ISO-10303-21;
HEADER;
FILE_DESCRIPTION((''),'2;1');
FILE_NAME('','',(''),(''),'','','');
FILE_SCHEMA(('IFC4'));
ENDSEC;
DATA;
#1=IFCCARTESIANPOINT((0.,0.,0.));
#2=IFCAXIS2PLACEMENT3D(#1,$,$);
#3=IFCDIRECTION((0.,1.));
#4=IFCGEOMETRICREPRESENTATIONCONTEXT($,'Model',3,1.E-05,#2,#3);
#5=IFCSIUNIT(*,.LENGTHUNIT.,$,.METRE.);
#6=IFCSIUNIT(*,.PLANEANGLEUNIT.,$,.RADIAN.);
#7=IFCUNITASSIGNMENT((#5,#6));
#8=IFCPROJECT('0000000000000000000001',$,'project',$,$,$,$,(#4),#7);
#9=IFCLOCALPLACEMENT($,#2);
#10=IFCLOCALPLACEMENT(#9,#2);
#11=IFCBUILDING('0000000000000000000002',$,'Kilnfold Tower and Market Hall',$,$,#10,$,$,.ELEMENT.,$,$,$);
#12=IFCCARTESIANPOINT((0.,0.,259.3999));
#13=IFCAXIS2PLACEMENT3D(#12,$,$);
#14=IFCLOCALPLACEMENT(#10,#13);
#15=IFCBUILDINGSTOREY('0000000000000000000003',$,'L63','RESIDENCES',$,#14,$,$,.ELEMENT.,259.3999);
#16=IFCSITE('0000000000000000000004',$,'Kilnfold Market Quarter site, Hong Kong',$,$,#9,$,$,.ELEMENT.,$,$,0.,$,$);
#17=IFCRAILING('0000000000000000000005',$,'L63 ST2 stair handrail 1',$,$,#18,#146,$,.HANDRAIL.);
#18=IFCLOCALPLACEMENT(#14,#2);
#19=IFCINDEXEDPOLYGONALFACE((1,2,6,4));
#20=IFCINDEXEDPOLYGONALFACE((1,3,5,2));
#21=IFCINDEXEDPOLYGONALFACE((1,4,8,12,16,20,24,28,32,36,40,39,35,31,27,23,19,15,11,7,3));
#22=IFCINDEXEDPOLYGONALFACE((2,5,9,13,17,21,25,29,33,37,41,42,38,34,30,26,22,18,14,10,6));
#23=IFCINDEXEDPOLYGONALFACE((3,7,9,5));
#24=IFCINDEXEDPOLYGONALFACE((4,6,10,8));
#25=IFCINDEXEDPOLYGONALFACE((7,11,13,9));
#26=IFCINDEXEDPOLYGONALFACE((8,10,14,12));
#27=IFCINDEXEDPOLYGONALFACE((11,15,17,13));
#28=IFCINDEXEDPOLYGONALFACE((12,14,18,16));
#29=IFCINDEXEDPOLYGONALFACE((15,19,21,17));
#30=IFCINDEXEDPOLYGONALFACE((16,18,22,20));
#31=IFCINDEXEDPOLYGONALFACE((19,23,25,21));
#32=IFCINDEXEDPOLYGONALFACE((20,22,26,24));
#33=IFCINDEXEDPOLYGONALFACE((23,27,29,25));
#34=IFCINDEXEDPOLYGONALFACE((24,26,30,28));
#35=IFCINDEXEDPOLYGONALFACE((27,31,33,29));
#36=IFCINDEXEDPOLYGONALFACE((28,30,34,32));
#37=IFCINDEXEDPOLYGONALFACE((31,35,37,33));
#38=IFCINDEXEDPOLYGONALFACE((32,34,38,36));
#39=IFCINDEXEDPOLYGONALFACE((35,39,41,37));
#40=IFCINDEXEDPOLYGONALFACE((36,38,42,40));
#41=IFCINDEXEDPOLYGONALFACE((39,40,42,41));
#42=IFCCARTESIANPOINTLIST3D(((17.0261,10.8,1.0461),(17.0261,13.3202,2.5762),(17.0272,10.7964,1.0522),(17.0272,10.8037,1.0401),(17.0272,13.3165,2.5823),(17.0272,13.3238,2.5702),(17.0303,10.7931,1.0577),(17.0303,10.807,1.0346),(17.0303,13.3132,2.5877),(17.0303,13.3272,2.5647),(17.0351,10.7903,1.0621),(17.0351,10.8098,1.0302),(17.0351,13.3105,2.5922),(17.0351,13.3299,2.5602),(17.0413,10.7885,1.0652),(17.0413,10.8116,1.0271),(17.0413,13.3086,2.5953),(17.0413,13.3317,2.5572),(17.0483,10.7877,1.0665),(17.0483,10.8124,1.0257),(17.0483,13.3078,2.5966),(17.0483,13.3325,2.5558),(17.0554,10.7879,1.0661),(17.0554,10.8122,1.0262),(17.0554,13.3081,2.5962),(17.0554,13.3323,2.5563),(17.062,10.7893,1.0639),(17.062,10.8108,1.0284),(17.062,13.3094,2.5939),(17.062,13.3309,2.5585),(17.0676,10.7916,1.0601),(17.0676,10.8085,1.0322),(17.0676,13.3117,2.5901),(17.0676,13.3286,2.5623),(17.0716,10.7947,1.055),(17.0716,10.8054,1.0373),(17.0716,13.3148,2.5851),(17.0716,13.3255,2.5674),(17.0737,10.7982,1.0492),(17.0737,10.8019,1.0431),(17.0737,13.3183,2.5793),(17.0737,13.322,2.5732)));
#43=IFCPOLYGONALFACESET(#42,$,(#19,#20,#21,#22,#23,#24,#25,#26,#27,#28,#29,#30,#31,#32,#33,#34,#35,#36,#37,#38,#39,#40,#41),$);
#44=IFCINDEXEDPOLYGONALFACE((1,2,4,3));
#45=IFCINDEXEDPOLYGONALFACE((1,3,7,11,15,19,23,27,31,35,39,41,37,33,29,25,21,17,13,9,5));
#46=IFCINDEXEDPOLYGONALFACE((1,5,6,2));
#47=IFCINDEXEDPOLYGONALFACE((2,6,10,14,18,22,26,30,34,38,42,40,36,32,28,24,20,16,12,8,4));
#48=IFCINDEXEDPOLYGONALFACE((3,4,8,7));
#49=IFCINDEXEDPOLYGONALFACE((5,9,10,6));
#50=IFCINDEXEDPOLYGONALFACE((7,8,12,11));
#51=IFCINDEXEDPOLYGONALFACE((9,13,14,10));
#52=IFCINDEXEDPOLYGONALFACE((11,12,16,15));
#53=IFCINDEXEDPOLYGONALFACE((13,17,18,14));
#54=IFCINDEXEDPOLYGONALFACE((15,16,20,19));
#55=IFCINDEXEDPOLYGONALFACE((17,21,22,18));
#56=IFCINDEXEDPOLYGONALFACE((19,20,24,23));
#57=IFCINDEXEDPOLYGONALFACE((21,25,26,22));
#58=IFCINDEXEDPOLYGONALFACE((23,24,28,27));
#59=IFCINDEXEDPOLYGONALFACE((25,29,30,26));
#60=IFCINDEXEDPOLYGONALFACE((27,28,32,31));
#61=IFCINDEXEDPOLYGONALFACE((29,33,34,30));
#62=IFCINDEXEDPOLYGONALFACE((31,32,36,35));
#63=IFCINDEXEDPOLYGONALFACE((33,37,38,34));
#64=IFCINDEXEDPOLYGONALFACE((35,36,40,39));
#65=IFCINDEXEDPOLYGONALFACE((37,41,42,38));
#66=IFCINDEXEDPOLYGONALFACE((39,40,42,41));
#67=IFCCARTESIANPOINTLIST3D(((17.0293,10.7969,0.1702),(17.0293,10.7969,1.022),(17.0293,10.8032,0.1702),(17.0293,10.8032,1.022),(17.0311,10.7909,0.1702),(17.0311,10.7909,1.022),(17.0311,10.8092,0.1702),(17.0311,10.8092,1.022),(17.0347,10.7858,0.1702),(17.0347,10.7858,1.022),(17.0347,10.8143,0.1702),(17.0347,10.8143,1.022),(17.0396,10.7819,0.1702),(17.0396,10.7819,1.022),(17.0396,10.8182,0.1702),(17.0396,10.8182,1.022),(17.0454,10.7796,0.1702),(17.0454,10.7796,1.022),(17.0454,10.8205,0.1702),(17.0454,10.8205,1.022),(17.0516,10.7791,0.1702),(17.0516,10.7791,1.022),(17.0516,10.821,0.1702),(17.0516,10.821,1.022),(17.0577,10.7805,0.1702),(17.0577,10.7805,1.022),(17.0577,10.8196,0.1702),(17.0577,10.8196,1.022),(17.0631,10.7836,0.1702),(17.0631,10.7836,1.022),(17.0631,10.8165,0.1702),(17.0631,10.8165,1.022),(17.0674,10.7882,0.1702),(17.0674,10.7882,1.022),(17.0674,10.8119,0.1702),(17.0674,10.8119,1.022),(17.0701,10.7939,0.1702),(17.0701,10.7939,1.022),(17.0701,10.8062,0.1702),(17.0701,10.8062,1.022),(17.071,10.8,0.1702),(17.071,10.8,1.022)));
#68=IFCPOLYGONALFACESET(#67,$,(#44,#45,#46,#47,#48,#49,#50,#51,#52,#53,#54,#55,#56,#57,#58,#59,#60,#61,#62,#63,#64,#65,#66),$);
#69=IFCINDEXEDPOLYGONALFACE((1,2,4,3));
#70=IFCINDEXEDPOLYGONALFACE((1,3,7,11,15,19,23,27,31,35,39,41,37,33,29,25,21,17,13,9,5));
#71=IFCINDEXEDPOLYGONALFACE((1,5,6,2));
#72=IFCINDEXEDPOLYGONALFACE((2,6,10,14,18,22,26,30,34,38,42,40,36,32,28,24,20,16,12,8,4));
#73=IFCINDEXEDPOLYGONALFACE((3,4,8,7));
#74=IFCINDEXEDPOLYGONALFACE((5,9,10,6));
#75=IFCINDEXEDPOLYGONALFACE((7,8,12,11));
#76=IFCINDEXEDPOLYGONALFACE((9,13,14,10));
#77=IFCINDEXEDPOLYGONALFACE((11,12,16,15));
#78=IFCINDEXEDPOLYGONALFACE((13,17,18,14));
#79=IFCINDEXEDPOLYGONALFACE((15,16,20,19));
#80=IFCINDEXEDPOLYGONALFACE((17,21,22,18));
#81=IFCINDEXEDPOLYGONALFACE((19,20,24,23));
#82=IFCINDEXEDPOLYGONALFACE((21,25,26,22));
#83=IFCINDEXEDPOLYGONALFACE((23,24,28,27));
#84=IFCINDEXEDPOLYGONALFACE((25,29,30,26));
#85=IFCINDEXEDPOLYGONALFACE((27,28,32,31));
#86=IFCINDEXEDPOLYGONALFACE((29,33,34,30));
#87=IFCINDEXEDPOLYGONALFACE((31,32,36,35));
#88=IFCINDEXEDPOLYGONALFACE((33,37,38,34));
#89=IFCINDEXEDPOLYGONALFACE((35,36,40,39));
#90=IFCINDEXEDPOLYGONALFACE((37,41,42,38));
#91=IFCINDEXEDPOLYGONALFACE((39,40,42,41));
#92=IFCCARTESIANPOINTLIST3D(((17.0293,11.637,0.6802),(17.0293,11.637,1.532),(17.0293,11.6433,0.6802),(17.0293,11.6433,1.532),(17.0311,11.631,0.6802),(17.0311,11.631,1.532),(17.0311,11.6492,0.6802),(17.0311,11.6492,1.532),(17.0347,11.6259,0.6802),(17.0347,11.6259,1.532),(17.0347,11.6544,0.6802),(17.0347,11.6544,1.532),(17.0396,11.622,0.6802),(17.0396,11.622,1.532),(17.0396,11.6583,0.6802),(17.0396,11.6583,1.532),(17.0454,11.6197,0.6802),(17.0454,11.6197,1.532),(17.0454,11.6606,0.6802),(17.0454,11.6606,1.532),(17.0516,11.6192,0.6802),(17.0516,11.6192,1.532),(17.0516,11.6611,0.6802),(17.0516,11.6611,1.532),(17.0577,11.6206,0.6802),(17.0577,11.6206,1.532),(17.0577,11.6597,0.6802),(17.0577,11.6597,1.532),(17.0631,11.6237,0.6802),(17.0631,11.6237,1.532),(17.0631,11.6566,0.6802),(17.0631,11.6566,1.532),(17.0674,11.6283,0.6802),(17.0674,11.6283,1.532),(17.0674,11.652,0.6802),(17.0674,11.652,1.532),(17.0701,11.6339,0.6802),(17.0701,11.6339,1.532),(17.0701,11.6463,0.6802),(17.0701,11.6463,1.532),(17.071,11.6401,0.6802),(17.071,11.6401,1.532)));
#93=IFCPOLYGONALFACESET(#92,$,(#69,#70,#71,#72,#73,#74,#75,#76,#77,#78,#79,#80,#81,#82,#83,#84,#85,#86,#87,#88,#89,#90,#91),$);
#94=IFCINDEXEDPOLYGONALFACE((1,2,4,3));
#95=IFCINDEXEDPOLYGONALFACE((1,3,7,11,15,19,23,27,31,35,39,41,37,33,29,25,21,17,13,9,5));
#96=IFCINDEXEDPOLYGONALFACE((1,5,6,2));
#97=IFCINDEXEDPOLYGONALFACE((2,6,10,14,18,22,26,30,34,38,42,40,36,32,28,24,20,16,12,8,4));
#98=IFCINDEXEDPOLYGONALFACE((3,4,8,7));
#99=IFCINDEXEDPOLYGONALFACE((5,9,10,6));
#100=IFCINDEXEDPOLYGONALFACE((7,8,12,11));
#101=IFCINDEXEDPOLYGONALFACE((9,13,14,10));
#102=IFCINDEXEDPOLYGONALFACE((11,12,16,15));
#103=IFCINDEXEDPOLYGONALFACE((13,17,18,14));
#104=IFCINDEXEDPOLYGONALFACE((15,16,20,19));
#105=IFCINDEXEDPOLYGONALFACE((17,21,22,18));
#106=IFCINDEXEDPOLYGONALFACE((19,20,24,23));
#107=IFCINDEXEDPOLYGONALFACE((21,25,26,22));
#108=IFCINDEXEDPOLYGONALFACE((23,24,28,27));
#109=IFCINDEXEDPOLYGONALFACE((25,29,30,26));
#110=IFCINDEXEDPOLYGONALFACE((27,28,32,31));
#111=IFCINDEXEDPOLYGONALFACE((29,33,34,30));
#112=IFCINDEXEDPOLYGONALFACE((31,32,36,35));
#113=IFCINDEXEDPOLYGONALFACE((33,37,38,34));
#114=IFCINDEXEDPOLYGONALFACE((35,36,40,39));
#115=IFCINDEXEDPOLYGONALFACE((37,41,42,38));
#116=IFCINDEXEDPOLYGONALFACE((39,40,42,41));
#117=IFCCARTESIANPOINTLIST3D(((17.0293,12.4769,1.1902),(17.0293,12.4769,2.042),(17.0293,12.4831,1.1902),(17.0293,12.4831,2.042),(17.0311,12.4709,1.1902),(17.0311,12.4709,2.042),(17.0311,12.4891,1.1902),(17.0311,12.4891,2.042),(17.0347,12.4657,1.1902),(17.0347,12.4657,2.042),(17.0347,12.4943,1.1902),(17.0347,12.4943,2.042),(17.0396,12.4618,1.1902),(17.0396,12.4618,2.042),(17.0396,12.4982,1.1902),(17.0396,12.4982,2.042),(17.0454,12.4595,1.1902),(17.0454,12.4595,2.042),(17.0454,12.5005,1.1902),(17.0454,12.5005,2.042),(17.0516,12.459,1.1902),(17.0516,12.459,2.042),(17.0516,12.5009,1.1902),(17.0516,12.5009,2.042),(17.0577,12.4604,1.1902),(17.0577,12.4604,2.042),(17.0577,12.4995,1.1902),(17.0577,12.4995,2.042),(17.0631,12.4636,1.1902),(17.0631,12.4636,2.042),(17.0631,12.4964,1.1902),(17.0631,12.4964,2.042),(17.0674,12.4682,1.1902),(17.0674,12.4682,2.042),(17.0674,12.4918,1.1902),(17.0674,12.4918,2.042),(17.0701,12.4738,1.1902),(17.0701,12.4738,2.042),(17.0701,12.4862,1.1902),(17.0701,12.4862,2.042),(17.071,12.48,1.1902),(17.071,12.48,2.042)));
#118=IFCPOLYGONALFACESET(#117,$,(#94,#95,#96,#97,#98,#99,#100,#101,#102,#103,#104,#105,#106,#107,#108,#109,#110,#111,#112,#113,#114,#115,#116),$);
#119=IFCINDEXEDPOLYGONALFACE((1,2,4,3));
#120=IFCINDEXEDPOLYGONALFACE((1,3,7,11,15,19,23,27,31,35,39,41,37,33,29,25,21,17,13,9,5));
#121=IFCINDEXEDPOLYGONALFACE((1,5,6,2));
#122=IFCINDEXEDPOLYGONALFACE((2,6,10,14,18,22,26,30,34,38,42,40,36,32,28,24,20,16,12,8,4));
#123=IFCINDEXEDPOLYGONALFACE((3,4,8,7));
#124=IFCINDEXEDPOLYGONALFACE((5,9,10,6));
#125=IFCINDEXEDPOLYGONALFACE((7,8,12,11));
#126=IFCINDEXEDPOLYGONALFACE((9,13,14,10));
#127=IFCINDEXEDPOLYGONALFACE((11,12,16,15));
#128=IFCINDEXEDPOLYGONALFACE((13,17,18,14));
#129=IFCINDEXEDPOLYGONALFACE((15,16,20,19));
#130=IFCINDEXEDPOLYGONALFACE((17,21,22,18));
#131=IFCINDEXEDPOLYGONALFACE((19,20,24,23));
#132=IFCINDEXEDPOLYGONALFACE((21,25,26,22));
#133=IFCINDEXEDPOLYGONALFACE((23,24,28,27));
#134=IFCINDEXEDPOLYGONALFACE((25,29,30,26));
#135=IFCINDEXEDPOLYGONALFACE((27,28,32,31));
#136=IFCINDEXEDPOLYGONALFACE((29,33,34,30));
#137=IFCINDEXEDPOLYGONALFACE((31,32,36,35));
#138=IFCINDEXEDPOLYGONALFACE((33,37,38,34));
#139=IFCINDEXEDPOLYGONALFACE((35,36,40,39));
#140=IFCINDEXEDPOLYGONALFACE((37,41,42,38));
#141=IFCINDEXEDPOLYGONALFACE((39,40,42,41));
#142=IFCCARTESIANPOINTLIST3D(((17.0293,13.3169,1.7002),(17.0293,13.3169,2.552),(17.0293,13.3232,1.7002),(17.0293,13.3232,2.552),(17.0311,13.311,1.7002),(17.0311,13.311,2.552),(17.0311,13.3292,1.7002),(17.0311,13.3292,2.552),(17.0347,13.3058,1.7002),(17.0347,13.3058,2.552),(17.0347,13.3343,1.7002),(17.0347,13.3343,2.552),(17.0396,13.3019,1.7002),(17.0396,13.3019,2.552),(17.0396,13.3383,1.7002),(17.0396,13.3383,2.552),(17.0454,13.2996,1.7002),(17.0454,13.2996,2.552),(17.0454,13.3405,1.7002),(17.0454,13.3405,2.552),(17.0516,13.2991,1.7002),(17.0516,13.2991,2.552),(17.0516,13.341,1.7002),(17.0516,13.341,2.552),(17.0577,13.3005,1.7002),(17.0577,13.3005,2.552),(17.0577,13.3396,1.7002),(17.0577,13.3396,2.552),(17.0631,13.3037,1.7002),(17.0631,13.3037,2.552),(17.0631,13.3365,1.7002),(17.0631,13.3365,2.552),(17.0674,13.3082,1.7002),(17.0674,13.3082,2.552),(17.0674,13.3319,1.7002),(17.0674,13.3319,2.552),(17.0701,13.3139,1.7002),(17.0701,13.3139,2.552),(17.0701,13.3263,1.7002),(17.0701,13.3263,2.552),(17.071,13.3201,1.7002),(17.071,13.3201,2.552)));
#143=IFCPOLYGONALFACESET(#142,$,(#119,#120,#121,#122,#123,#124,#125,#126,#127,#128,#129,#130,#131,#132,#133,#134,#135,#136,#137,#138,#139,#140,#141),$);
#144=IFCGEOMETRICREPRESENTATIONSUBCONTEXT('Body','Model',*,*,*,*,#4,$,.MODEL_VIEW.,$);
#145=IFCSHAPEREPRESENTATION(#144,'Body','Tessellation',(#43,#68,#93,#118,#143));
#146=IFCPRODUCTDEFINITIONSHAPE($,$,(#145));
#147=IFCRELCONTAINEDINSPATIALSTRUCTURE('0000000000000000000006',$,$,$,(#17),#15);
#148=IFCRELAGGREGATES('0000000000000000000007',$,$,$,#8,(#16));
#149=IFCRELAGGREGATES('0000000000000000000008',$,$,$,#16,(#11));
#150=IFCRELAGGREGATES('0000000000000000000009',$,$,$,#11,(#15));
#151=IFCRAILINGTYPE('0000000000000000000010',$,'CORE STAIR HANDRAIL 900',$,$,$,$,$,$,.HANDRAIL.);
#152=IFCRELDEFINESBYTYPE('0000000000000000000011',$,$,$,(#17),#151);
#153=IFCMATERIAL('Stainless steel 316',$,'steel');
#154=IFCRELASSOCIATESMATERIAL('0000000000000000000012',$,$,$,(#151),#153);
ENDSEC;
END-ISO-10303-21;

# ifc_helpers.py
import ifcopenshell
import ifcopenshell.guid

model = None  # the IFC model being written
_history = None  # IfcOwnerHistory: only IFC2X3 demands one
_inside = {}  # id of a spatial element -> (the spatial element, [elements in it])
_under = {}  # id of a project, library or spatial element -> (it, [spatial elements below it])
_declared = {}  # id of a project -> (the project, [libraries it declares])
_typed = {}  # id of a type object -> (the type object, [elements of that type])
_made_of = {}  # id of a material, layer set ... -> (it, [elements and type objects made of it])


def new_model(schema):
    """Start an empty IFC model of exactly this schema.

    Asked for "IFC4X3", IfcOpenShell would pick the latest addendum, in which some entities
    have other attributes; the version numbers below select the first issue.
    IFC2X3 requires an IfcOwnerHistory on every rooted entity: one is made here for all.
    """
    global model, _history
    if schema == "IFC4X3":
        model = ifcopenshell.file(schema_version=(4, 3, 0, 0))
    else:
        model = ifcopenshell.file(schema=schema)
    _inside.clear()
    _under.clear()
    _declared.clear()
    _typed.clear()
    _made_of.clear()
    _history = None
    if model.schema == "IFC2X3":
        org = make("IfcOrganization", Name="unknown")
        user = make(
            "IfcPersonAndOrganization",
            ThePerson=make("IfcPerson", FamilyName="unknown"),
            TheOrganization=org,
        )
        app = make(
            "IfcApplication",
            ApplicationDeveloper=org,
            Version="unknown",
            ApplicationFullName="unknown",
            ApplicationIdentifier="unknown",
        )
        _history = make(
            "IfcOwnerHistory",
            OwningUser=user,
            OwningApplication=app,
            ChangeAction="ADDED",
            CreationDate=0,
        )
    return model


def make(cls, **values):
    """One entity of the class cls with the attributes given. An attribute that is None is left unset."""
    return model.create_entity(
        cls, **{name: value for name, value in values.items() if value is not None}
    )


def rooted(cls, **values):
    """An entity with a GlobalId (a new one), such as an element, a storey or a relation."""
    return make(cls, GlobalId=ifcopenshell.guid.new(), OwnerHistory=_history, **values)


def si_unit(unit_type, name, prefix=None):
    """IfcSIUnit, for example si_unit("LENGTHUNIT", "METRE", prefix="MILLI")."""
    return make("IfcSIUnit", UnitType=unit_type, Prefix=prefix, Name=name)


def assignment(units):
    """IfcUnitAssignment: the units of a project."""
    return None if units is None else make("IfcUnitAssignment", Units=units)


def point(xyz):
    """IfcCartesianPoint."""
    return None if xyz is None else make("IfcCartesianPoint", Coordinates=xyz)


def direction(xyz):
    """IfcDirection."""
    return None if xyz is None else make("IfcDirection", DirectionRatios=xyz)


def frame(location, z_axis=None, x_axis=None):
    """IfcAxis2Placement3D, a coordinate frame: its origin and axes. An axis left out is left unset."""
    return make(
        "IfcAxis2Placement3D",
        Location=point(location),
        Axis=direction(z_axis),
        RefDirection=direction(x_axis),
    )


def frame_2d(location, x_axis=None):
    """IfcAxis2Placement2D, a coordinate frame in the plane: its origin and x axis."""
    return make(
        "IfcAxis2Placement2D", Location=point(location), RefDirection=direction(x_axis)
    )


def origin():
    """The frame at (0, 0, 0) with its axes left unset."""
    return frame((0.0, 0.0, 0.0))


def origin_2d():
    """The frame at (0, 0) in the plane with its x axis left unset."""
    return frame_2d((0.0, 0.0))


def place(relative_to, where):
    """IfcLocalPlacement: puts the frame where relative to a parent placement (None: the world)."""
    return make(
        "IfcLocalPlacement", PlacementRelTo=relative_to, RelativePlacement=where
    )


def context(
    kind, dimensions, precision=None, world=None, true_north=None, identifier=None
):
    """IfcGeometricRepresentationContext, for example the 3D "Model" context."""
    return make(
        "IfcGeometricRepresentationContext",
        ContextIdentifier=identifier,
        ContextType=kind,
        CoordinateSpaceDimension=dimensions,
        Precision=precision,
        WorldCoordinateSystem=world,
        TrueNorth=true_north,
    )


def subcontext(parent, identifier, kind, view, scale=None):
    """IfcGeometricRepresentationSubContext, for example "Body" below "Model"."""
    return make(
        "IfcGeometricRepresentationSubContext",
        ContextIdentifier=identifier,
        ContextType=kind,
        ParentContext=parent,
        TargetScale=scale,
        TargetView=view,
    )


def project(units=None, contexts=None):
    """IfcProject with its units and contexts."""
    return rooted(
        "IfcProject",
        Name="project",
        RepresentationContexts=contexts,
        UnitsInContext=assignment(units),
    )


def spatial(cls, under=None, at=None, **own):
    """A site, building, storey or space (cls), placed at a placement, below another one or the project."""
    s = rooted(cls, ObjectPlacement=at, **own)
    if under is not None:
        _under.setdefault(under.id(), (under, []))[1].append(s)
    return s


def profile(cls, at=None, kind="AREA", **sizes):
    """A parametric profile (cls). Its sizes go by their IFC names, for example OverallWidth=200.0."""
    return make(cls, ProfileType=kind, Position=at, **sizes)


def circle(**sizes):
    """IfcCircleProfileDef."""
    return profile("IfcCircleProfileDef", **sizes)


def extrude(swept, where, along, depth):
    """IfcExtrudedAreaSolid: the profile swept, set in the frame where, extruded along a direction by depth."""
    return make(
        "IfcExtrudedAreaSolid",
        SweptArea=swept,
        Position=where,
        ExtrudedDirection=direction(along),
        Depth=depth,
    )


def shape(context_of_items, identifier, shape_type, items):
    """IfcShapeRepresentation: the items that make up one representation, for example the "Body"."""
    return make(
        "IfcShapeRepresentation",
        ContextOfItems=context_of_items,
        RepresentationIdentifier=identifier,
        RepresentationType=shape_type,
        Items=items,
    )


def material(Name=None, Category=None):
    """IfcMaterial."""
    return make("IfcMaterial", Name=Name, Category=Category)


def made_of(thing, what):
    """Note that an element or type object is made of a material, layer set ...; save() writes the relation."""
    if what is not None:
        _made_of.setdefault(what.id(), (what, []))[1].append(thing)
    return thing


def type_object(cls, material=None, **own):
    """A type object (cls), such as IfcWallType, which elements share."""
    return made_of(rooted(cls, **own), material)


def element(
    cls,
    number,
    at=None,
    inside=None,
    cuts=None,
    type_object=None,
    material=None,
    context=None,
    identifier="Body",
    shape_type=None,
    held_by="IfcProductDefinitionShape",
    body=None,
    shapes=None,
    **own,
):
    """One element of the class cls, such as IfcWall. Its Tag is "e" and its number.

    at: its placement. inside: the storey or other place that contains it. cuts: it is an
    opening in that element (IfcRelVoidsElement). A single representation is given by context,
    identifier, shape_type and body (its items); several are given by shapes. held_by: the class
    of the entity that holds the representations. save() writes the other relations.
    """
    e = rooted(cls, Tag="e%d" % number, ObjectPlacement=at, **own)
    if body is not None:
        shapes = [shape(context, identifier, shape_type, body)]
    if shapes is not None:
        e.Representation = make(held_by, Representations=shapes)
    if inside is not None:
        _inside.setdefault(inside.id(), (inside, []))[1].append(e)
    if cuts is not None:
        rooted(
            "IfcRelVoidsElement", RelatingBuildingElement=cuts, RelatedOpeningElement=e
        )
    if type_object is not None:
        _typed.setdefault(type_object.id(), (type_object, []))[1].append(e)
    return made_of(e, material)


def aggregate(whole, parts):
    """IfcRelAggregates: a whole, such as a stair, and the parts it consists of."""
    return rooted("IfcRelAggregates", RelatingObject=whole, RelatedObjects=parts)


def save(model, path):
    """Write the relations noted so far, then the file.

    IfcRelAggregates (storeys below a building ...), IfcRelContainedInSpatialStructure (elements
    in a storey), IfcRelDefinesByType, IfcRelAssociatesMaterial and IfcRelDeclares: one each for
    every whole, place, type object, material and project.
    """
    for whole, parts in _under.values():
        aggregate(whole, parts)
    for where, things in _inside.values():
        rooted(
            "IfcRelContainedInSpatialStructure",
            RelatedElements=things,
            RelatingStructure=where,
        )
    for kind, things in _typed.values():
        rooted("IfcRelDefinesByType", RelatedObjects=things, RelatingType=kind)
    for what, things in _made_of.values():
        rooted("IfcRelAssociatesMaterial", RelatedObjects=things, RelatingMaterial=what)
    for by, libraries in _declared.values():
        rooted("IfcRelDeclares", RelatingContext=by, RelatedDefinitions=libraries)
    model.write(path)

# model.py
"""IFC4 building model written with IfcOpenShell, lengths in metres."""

from ifc_helpers import new_model, si_unit, direction, frame, origin, origin_2d, place, context, subcontext, project, spatial, circle, extrude, material, type_object, element, save


model = new_model("IFC4")

# Units and contexts
model_context = context("Model", 3, precision=1e-05, world=origin(), true_north=direction((0.0, 1.0)))
body_context = subcontext(model_context, "Body", "Model", "MODEL_VIEW")
ifc_project = project(units=[si_unit("LENGTHUNIT", "METRE"), si_unit("PLANEANGLEUNIT", "RADIAN")], contexts=[model_context])

# Site, building, storey
site_placement = place(None, origin())
site = spatial("IfcSite", under=ifc_project, at=site_placement, Name="Kilnfold Market Quarter site, Hong Kong", CompositionType="ELEMENT", RefElevation=0.0)
building_placement = place(site_placement, origin())
building = spatial("IfcBuilding", under=site, at=building_placement, Name="Kilnfold Tower and Market Hall", CompositionType="ELEMENT")
storey_placement = place(building_placement, frame((0.0, 0.0, 259.3999)))
storey = spatial("IfcBuildingStorey", under=building, at=storey_placement, Name="L63", Description="RESIDENCES", CompositionType="ELEMENT", Elevation=259.3999)

# Railing
ifc_material_1 = material(Name="Stainless steel 316", Category="steel")
railing_type_1 = type_object("IfcRailingType", Name="CORE STAIR HANDRAIL 900", PredefinedType="HANDRAIL", material=ifc_material_1)
railing_1_placement = place(storey_placement, frame((17.05, 10.8, 0.1702)))
element("IfcRailing", 1, at=railing_1_placement, inside=storey, type_object=railing_type_1, Name="L63 ST2 stair handrail 1", PredefinedType="HANDRAIL", context=body_context, shape_type="SweptSolid", body=[
    extrude(circle(Radius=0.0239, at=origin_2d()), frame((0.0, 0.0, 0.876), z_axis=(0.0, 0.854785, 0.518982), x_axis=(-1.0, 0.0, 0.0)), (0.0, 0.0, 1.0), 2.9482),
    extrude(circle(Radius=0.021, at=origin_2d()), origin(), (0.0, 0.0, 1.0), 0.8518),
    extrude(circle(Radius=0.021, at=origin_2d()), frame((0.0, 0.8401, 0.51)), (0.0, 0.0, 1.0), 0.8518),
    extrude(circle(Radius=0.021, at=origin_2d()), frame((0.0, 1.6799, 1.02)), (0.0, 0.0, 1.0), 0.8518),
    extrude(circle(Radius=0.021, at=origin_2d()), frame((0.0, 2.52, 1.53)), (0.0, 0.0, 1.0), 0.8518),
])

save(model, "model.ifc")
